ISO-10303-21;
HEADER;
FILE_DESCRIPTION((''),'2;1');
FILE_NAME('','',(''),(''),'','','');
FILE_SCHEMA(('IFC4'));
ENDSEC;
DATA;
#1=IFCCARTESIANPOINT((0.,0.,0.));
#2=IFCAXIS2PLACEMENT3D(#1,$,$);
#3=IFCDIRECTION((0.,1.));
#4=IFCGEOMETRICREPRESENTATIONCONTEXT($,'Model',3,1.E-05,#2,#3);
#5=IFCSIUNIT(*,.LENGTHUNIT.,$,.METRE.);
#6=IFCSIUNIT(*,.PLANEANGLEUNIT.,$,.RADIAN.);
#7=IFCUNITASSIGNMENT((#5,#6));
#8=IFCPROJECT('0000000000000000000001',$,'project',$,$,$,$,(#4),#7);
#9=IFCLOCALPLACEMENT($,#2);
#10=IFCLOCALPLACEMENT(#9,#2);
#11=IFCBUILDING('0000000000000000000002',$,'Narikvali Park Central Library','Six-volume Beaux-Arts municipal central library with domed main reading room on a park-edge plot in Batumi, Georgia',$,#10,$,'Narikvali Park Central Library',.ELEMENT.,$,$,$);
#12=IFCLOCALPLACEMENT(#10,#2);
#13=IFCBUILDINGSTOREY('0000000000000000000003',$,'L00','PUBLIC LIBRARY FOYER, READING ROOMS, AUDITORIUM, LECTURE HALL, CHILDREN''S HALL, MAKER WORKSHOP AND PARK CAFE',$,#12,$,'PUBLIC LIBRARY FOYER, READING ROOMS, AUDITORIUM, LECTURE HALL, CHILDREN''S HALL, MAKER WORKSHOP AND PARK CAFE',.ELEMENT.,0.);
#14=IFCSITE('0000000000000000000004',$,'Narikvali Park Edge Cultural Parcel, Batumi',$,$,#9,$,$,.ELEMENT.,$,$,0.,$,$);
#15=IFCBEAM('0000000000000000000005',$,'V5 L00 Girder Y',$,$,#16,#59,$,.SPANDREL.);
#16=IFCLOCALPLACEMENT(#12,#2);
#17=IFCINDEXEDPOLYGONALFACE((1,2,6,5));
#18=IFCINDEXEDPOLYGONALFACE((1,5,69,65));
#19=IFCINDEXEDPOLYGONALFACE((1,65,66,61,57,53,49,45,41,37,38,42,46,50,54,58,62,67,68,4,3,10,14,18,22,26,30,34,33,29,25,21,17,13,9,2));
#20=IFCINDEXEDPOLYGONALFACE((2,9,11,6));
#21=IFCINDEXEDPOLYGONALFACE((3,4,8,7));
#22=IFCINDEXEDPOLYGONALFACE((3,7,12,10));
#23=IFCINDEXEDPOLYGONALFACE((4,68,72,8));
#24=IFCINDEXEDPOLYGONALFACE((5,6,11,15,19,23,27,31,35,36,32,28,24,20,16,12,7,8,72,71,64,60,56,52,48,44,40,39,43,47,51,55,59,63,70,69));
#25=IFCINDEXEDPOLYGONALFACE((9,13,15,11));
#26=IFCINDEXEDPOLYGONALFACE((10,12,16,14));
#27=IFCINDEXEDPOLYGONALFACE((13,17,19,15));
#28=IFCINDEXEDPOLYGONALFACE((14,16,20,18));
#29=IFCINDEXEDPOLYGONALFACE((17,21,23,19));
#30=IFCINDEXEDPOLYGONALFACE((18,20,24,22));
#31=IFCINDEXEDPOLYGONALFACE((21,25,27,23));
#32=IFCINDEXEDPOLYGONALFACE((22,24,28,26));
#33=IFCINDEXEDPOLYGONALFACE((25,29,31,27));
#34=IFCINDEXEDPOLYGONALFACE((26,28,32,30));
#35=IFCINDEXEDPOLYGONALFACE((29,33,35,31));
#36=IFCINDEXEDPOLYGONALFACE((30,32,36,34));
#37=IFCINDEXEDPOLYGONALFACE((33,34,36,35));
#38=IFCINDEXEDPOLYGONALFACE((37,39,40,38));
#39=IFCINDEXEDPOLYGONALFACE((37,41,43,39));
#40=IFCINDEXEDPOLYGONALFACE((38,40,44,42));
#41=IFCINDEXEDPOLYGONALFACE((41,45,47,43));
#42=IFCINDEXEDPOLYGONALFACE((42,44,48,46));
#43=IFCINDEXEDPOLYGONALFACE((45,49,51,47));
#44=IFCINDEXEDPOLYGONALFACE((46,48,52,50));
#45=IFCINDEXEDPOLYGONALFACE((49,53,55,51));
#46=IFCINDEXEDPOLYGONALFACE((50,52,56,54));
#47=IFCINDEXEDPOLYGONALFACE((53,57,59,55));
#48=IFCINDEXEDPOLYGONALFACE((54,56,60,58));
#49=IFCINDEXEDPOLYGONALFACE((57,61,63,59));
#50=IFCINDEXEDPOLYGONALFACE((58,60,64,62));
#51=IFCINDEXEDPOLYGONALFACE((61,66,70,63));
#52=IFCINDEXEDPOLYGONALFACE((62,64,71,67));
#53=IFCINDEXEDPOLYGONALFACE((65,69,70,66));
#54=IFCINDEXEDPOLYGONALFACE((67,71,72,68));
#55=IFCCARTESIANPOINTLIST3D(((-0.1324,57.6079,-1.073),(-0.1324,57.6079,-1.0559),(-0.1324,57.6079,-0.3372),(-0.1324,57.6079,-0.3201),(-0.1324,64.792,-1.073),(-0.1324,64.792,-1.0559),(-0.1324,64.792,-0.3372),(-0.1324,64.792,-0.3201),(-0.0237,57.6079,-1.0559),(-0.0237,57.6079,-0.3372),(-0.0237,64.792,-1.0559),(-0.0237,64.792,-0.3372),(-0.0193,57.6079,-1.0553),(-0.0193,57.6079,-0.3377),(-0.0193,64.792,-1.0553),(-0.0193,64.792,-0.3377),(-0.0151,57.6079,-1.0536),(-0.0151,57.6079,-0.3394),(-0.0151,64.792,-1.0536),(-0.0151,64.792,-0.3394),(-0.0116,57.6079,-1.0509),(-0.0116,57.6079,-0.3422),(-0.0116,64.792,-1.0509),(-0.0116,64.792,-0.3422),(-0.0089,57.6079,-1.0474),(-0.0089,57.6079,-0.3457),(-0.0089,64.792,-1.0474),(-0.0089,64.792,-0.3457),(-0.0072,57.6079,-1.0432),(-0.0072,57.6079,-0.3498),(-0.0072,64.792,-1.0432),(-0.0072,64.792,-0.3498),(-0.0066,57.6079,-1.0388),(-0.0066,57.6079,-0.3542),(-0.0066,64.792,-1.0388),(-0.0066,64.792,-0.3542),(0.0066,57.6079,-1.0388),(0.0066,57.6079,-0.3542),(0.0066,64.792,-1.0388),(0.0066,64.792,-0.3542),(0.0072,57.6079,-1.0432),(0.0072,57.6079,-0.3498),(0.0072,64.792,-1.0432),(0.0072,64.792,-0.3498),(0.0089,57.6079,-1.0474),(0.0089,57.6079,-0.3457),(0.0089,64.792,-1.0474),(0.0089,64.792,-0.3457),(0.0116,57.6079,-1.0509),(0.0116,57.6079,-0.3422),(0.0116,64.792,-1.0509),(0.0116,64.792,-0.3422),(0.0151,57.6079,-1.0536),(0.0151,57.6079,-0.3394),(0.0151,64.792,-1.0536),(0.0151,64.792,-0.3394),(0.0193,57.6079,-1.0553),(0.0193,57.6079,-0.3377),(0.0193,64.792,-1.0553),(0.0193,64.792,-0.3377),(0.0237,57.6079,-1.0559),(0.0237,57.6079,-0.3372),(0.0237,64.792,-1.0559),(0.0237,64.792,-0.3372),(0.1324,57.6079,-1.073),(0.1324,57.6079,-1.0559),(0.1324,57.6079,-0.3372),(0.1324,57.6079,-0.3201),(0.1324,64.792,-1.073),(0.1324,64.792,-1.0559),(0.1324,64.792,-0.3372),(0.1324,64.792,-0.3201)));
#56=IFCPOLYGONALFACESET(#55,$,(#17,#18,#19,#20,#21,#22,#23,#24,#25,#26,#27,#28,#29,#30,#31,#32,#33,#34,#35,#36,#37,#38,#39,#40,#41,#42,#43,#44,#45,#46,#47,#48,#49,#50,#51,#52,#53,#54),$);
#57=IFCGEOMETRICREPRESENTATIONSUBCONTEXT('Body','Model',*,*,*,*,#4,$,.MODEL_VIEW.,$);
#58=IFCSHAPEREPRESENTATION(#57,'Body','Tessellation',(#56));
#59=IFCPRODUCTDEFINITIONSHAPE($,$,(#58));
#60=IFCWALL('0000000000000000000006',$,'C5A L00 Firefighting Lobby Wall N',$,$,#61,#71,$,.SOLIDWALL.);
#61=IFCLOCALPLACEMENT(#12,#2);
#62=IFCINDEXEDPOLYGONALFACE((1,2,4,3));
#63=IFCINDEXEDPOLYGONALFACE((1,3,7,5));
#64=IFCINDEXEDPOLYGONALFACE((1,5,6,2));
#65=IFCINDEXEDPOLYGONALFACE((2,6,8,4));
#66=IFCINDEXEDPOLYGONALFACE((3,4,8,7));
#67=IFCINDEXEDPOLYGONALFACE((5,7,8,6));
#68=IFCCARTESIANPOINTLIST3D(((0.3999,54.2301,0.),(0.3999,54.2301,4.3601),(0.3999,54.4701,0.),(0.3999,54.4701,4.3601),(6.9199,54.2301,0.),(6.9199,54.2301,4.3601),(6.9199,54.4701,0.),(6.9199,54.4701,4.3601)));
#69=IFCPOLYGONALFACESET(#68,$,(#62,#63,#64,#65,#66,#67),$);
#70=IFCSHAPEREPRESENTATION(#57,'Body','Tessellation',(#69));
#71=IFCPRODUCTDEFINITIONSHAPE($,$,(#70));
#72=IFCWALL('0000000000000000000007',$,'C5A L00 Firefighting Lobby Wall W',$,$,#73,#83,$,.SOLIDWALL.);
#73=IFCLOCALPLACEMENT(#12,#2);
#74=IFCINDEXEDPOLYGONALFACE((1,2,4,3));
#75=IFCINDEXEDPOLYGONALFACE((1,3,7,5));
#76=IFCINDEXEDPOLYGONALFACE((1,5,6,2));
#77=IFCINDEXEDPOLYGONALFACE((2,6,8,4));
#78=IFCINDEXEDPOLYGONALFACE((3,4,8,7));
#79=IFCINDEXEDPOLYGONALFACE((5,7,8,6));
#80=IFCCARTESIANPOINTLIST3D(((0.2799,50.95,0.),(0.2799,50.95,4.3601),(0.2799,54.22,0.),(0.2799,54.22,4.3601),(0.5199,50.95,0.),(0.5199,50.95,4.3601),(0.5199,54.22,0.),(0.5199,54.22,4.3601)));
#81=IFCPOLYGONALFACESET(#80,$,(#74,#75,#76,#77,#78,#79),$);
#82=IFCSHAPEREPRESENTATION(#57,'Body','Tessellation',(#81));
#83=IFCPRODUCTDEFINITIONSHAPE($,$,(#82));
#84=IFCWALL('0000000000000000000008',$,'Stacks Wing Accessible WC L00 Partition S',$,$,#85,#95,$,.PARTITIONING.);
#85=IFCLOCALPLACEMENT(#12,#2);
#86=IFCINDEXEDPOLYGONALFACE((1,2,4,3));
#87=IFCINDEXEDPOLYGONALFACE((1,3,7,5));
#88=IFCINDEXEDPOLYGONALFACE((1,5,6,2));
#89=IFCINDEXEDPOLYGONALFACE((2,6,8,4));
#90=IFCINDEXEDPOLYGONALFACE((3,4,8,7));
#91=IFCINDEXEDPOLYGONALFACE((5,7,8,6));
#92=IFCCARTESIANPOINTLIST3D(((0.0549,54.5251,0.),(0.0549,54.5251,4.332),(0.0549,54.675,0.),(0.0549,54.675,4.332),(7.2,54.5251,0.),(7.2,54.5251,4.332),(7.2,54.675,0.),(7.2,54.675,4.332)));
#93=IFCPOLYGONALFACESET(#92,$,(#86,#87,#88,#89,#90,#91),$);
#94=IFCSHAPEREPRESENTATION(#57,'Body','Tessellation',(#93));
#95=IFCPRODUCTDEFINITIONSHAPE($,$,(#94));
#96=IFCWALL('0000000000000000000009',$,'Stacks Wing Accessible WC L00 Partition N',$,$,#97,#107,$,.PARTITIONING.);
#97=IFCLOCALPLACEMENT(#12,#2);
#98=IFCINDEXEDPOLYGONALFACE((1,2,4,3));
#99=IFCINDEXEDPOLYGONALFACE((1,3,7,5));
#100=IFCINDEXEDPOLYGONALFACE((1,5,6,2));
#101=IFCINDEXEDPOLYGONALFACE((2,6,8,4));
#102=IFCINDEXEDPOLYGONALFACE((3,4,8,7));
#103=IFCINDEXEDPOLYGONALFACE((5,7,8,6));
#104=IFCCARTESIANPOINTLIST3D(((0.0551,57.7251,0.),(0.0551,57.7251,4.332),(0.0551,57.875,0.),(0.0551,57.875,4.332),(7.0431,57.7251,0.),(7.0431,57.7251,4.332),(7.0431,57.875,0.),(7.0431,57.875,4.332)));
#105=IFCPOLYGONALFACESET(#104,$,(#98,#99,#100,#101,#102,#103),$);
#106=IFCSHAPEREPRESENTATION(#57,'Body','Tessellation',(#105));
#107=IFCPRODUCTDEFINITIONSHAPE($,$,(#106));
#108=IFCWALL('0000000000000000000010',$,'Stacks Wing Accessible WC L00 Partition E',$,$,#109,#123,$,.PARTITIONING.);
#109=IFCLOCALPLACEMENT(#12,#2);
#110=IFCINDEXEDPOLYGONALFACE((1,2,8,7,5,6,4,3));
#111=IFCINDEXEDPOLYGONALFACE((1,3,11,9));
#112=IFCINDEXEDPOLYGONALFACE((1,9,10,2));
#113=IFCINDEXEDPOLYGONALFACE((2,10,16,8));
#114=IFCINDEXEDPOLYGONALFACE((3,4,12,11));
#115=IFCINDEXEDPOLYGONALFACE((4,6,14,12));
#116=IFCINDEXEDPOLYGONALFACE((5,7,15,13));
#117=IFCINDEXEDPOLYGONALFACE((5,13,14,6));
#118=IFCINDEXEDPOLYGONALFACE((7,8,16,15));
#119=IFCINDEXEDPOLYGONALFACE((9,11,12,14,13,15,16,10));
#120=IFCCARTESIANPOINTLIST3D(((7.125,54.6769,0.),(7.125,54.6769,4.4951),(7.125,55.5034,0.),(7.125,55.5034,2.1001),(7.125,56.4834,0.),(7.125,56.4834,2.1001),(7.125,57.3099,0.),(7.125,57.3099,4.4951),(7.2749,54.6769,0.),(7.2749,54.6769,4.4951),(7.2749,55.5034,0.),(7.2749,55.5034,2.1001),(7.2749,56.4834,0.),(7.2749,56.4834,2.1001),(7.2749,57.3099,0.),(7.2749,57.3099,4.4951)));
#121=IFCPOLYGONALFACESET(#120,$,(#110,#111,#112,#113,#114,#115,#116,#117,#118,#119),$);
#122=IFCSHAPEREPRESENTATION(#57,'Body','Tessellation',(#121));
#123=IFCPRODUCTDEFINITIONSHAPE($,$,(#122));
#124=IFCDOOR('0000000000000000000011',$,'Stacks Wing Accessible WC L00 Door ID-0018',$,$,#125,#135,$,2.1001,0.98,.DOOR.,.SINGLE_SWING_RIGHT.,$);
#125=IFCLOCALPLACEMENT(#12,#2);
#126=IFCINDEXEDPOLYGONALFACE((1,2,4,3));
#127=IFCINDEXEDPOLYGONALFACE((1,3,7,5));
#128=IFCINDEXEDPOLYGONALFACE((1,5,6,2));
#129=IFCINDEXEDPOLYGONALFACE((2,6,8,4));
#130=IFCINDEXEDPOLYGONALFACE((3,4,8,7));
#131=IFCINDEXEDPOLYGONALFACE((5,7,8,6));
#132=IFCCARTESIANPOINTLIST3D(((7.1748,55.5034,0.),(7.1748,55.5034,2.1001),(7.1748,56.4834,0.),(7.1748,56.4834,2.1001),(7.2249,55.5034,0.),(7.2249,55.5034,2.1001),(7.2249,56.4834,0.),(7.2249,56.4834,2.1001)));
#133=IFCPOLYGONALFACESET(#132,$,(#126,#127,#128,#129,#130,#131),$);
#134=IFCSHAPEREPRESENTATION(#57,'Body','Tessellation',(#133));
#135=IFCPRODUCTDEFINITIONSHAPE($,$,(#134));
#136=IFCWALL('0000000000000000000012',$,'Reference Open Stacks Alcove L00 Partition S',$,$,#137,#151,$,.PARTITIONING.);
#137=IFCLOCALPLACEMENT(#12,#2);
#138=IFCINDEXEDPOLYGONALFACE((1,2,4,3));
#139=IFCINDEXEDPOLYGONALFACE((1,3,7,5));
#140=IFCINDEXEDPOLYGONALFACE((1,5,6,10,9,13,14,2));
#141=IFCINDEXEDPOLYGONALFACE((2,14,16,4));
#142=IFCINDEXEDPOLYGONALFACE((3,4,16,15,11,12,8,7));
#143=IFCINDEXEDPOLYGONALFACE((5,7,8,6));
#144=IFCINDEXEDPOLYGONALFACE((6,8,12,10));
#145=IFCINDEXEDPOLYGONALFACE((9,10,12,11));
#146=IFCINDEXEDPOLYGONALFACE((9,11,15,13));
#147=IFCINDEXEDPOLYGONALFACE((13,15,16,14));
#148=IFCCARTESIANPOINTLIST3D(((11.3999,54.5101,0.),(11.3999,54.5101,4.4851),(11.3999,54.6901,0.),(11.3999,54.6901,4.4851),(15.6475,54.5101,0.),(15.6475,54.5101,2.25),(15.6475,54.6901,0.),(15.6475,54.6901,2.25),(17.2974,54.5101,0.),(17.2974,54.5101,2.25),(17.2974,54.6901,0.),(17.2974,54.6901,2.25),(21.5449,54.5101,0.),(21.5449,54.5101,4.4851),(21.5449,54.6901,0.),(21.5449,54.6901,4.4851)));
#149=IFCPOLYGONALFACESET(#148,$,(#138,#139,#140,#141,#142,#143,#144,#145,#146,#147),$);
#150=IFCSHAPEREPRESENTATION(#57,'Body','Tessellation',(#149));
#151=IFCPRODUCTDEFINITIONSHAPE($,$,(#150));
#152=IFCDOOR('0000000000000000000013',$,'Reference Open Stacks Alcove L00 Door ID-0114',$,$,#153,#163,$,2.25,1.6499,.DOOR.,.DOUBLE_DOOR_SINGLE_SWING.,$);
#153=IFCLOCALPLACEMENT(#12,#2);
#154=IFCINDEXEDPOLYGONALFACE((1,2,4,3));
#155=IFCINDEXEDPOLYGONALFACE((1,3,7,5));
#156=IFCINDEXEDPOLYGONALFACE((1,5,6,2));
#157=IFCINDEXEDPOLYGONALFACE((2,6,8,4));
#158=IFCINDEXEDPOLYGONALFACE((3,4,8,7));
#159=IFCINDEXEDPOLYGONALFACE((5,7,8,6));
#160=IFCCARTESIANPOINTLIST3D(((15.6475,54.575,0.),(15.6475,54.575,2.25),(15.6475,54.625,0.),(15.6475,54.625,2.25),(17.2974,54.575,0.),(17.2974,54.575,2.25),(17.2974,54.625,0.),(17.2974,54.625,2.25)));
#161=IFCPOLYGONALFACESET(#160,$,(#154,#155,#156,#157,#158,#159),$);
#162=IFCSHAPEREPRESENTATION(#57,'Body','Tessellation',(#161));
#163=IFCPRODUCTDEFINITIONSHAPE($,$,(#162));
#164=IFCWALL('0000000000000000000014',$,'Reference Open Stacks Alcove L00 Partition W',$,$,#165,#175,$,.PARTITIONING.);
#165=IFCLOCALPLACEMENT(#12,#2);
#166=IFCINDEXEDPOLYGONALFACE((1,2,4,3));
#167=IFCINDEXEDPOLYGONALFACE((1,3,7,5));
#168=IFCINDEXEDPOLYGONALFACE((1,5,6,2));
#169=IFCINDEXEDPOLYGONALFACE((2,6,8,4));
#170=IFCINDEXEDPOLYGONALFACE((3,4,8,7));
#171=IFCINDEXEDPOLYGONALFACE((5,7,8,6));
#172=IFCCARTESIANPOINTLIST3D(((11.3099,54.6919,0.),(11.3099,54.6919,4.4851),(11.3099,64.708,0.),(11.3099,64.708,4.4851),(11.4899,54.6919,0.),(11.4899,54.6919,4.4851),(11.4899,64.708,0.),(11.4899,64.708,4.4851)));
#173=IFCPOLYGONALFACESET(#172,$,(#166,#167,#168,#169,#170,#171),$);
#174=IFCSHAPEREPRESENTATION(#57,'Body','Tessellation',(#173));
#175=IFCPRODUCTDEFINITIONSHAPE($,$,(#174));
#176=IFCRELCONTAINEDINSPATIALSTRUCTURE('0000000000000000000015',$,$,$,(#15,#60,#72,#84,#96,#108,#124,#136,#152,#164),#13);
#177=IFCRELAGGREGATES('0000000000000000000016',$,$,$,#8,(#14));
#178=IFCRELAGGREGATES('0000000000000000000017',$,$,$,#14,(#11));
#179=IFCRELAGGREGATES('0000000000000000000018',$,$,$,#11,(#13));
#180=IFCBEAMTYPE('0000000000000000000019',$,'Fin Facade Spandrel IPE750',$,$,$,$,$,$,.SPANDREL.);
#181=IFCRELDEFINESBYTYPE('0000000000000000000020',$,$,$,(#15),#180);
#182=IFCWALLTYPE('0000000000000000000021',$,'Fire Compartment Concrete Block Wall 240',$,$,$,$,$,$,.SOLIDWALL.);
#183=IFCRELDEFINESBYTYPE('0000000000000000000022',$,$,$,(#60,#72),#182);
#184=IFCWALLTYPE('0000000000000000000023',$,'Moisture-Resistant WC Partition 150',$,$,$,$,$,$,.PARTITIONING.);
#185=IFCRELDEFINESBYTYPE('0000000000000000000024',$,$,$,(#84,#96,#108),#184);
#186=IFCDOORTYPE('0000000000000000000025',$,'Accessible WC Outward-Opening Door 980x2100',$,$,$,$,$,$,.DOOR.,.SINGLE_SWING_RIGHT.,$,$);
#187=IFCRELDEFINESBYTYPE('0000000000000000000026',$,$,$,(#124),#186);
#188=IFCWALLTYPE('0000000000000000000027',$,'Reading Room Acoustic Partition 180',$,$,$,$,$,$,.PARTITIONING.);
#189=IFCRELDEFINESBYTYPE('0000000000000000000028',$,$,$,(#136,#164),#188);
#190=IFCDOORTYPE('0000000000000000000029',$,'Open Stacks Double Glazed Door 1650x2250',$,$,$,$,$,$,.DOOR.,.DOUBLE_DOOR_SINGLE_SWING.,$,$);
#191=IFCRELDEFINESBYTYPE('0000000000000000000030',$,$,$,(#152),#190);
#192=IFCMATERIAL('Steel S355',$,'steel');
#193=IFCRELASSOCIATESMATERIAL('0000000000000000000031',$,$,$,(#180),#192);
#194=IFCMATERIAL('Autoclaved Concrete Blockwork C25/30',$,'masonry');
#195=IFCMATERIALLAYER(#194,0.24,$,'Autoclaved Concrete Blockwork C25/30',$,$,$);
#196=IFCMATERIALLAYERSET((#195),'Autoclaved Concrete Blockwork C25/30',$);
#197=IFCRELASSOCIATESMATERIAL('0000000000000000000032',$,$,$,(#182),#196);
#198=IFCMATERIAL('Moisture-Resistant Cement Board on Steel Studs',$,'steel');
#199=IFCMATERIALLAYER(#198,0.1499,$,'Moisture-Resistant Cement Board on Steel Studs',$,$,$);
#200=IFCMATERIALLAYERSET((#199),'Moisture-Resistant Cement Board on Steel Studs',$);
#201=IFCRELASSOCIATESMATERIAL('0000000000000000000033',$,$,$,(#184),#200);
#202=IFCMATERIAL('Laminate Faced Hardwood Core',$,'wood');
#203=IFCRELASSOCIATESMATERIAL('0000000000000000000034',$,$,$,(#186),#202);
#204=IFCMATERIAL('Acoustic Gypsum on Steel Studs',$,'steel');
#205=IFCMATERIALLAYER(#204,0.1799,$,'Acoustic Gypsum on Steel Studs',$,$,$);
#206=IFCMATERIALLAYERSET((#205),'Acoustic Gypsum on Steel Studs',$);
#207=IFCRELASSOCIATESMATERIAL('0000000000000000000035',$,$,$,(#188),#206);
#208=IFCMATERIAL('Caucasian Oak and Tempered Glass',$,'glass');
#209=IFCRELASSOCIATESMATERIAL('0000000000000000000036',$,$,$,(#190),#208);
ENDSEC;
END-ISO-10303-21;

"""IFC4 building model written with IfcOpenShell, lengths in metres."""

from ifc_helpers import new_model, si_unit, direction, frame, frame_2d, origin, origin_2d, place, context, subcontext, project, spatial, rectangle, i_section, extrude, material, layer, layer_set, material_profile, profile_set, type_object, element, fill, save


model = new_model("IFC4")

# Units and contexts
model_context = context("Model", 3, precision=1e-05, world=origin(), true_north=direction((0.0, 1.0)))
body_context = subcontext(model_context, "Body", "Model", "MODEL_VIEW")
ifc_project = project(units=[si_unit("LENGTHUNIT", "METRE"), si_unit("PLANEANGLEUNIT", "RADIAN")], contexts=[model_context])

# Site, building, storey
site_placement = place(None, origin())
site = spatial("IfcSite", under=ifc_project, at=site_placement, Name="Narikvali Park Edge Cultural Parcel, Batumi", CompositionType="ELEMENT", RefElevation=0.0)
building_placement = place(site_placement, origin())
building = spatial("IfcBuilding", under=site, at=building_placement, Name="Narikvali Park Central Library", Description="Six-volume Beaux-Arts municipal central library with domed main reading room on a park-edge plot in Batumi, Georgia", LongName="Narikvali Park Central Library", CompositionType="ELEMENT")
storey_placement = place(building_placement, origin())
storey = spatial("IfcBuildingStorey", under=building, at=storey_placement, Name="L00", Description="PUBLIC LIBRARY FOYER, READING ROOMS, AUDITORIUM, LECTURE HALL, CHILDREN'S HALL, MAKER WORKSHOP AND PARK CAFE", LongName="PUBLIC LIBRARY FOYER, READING ROOMS, AUDITORIUM, LECTURE HALL, CHILDREN'S HALL, MAKER WORKSHOP AND PARK CAFE", CompositionType="ELEMENT", Elevation=0.0)

# Shared definitions
ifc_material_1 = material(Name="Steel S355", Category="steel")

# Beam
ifc_material_profile_1 = material_profile(ifc_material_1, i_section(OverallWidth=0.2649, OverallDepth=0.7529, WebThickness=0.0132, FlangeThickness=0.0171, FilletRadius=0.0171, at=origin_2d()), Name="IPE 750x147")
ifc_profile_set_1 = profile_set([ifc_material_profile_1], Name="Steel S355")
beam_type_1 = type_object("IfcBeamType", Name="Fin Facade Spandrel IPE750", PredefinedType="SPANDREL", material=ifc_profile_set_1)
beam_1_placement = place(storey_placement, frame((0.0, 57.6079, -0.6965), z_axis=(0.0, 1.0, 0.0), x_axis=(-1.0, 0.0, 0.0)))
element("IfcBeam", 1, at=beam_1_placement, inside=storey, type_object=beam_type_1, Name="V5 L00 Girder Y", PredefinedType="SPANDREL", context=body_context, shape_type="SweptSolid", body=[
    extrude(i_section(OverallWidth=0.2649, OverallDepth=0.7529, WebThickness=0.0132, FlangeThickness=0.0171, FilletRadius=0.0171, at=origin_2d()), origin(), (0.0, 0.0, 1.0), 7.1841),
])

# Shared definitions
ifc_material_2 = material(Name="Autoclaved Concrete Blockwork C25/30", Category="masonry")
ifc_layer_1 = layer(ifc_material_2, 0.24, Name="Autoclaved Concrete Blockwork C25/30")
ifc_layer_set_1 = layer_set([ifc_layer_1], Name="Autoclaved Concrete Blockwork C25/30")
wall_type_1 = type_object("IfcWallType", Name="Fire Compartment Concrete Block Wall 240", PredefinedType="SOLIDWALL", material=ifc_layer_set_1)

# Walls
wall_1_placement = place(storey_placement, frame((0.3999, 54.3501, 0.0), z_axis=(0.0, 0.0, 1.0), x_axis=(1.0, 0.0, 0.0)))
element("IfcWall", 2, at=wall_1_placement, inside=storey, type_object=wall_type_1, Name="C5A L00 Firefighting Lobby Wall N", PredefinedType="SOLIDWALL", context=body_context, shape_type="SweptSolid", body=[
    extrude(rectangle(XDim=6.52, YDim=0.24, at=frame_2d((3.26, 0.0))), origin(), (0.0, 0.0, 1.0), 4.3601),
])
wall_2_placement = place(storey_placement, frame((0.3999, 50.95, 0.0), z_axis=(0.0, 0.0, 1.0), x_axis=(0.0, 1.0, 0.0)))
element("IfcWall", 3, at=wall_2_placement, inside=storey, type_object=wall_type_1, Name="C5A L00 Firefighting Lobby Wall W", PredefinedType="SOLIDWALL", context=body_context, shape_type="SweptSolid", body=[
    extrude(rectangle(XDim=3.27, YDim=0.24, at=frame_2d((1.635, 0.0))), origin(), (0.0, 0.0, 1.0), 4.3601),
])
ifc_material_3 = material(Name="Moisture-Resistant Cement Board on Steel Studs", Category="steel")
ifc_layer_2 = layer(ifc_material_3, 0.1499, Name="Moisture-Resistant Cement Board on Steel Studs")
ifc_layer_set_2 = layer_set([ifc_layer_2], Name="Moisture-Resistant Cement Board on Steel Studs")
wall_type_2 = type_object("IfcWallType", Name="Moisture-Resistant WC Partition 150", PredefinedType="PARTITIONING", material=ifc_layer_set_2)
wall_3_placement = place(storey_placement, frame((0.0549, 54.6001, 0.0), z_axis=(0.0, 0.0, 1.0), x_axis=(1.0, 0.0, 0.0)))
element("IfcWall", 4, at=wall_3_placement, inside=storey, type_object=wall_type_2, Name="Stacks Wing Accessible WC L00 Partition S", PredefinedType="PARTITIONING", context=body_context, shape_type="SweptSolid", body=[
    extrude(rectangle(XDim=7.145, YDim=0.1499, at=frame_2d((3.5725, 0.0))), origin(), (0.0, 0.0, 1.0), 4.332),
])
wall_4_placement = place(storey_placement, frame((0.0549, 57.8, 0.0), z_axis=(0.0, 0.0, 1.0), x_axis=(1.0, 0.0, 0.0)))
element("IfcWall", 5, at=wall_4_placement, inside=storey, type_object=wall_type_2, Name="Stacks Wing Accessible WC L00 Partition N", PredefinedType="PARTITIONING", context=body_context, shape_type="SweptSolid", body=[
    extrude(rectangle(XDim=6.988, YDim=0.1499, at=frame_2d((3.4941, 0.0))), origin(), (0.0, 0.0, 1.0), 4.332),
])

# Walls, openings, doors
wall_5_placement = place(storey_placement, frame((7.2, 54.677, 0.0), z_axis=(0.0, 0.0, 1.0), x_axis=(0.0, 1.0, 0.0)))
wall_5 = element("IfcWall", 6, at=wall_5_placement, inside=storey, type_object=wall_type_2, Name="Stacks Wing Accessible WC L00 Partition E", PredefinedType="PARTITIONING", context=body_context, shape_type="SweptSolid", body=[
    extrude(rectangle(XDim=2.6331, YDim=0.1499, at=frame_2d((1.3164, 0.0))), origin(), (0.0, 0.0, 1.0), 4.4951),
])
opening_1_placement = place(wall_5_placement, frame((0.8264, 0.0, 0.0)))
opening_1 = element("IfcOpeningElement", 7, at=opening_1_placement, cuts=wall_5, PredefinedType="OPENING", context=body_context, shape_type="SweptSolid", body=[
    extrude(rectangle(XDim=0.98, YDim=2.1001, at=frame_2d((0.49, 1.05))), frame((0.0, 0.0869, 0.0), z_axis=(0.0, -1.0, 0.0), x_axis=(1.0, 0.0, 0.0)), (0.0, 0.0, 1.0), 0.1738),
])
ifc_material_4 = material(Name="Laminate Faced Hardwood Core", Category="wood")
door_type_1 = type_object("IfcDoorType", Name="Accessible WC Outward-Opening Door 980x2100", OperationType="SINGLE_SWING_RIGHT", PredefinedType="DOOR", material=ifc_material_4)
door_1_placement = place(opening_1_placement, frame((0.98, 0.0, 0.0), z_axis=(0.0, 0.0, 1.0), x_axis=(-1.0, 0.0, 0.0)))
door_1 = element("IfcDoor", 8, at=door_1_placement, inside=storey, type_object=door_type_1, Name="Stacks Wing Accessible WC L00 Door ID-0018", OperationType="SINGLE_SWING_RIGHT", OverallHeight=2.1001, OverallWidth=0.98, PredefinedType="DOOR", context=body_context, shape_type="SweptSolid", body=[
    extrude(rectangle(XDim=0.98, YDim=2.1001, at=frame_2d((0.49, 1.05))), frame((0.0, 0.0249, 0.0), z_axis=(0.0, -1.0, 0.0), x_axis=(1.0, 0.0, 0.0)), (0.0, 0.0, 1.0), 0.05),
])
fill(opening_1, door_1)
ifc_material_5 = material(Name="Acoustic Gypsum on Steel Studs", Category="steel")
ifc_layer_3 = layer(ifc_material_5, 0.1799, Name="Acoustic Gypsum on Steel Studs")
ifc_layer_set_3 = layer_set([ifc_layer_3], Name="Acoustic Gypsum on Steel Studs")
wall_type_3 = type_object("IfcWallType", Name="Reading Room Acoustic Partition 180", PredefinedType="PARTITIONING", material=ifc_layer_set_3)
wall_6_placement = place(storey_placement, frame((11.3999, 54.6001, 0.0), z_axis=(0.0, 0.0, 1.0), x_axis=(1.0, 0.0, 0.0)))
wall_6 = element("IfcWall", 9, at=wall_6_placement, inside=storey, type_object=wall_type_3, Name="Reference Open Stacks Alcove L00 Partition S", PredefinedType="PARTITIONING", context=body_context, shape_type="SweptSolid", body=[
    extrude(rectangle(XDim=10.145, YDim=0.1799, at=frame_2d((5.0725, 0.0))), origin(), (0.0, 0.0, 1.0), 4.4851),
])
opening_2_placement = place(wall_6_placement, frame((4.2476, 0.0, 0.0)))
opening_2 = element("IfcOpeningElement", 10, at=opening_2_placement, cuts=wall_6, PredefinedType="OPENING", context=body_context, shape_type="SweptSolid", body=[
    extrude(rectangle(XDim=1.6499, YDim=2.25, at=frame_2d((0.825, 1.125))), frame((0.0, 0.1021, 0.0), z_axis=(0.0, -1.0, 0.0), x_axis=(1.0, 0.0, 0.0)), (0.0, 0.0, 1.0), 0.2039),
])
ifc_material_6 = material(Name="Caucasian Oak and Tempered Glass", Category="glass")
door_type_2 = type_object("IfcDoorType", Name="Open Stacks Double Glazed Door 1650x2250", OperationType="DOUBLE_DOOR_SINGLE_SWING", PredefinedType="DOOR", material=ifc_material_6)
door_2_placement = place(opening_2_placement, origin())
door_2 = element("IfcDoor", 11, at=door_2_placement, inside=storey, type_object=door_type_2, Name="Reference Open Stacks Alcove L00 Door ID-0114", OperationType="DOUBLE_DOOR_SINGLE_SWING", OverallHeight=2.25, OverallWidth=1.6499, PredefinedType="DOOR", context=body_context, shape_type="SweptSolid", body=[
    extrude(rectangle(XDim=1.6499, YDim=2.25, at=frame_2d((0.825, 1.125))), frame((0.0, 0.0249, 0.0), z_axis=(0.0, -1.0, 0.0), x_axis=(1.0, 0.0, 0.0)), (0.0, 0.0, 1.0), 0.05),
])
fill(opening_2, door_2)

# Wall
wall_7_placement = place(storey_placement, frame((11.3999, 54.6919, 0.0), z_axis=(0.0, 0.0, 1.0), x_axis=(0.0, 1.0, 0.0)))
element("IfcWall", 12, at=wall_7_placement, inside=storey, type_object=wall_type_3, Name="Reference Open Stacks Alcove L00 Partition W", PredefinedType="PARTITIONING", context=body_context, shape_type="SweptSolid", body=[
    extrude(rectangle(XDim=10.0161, YDim=0.1799, at=frame_2d((5.0081, 0.0))), origin(), (0.0, 0.0, 1.0), 4.4851),
])

save(model, "model.ifc")
